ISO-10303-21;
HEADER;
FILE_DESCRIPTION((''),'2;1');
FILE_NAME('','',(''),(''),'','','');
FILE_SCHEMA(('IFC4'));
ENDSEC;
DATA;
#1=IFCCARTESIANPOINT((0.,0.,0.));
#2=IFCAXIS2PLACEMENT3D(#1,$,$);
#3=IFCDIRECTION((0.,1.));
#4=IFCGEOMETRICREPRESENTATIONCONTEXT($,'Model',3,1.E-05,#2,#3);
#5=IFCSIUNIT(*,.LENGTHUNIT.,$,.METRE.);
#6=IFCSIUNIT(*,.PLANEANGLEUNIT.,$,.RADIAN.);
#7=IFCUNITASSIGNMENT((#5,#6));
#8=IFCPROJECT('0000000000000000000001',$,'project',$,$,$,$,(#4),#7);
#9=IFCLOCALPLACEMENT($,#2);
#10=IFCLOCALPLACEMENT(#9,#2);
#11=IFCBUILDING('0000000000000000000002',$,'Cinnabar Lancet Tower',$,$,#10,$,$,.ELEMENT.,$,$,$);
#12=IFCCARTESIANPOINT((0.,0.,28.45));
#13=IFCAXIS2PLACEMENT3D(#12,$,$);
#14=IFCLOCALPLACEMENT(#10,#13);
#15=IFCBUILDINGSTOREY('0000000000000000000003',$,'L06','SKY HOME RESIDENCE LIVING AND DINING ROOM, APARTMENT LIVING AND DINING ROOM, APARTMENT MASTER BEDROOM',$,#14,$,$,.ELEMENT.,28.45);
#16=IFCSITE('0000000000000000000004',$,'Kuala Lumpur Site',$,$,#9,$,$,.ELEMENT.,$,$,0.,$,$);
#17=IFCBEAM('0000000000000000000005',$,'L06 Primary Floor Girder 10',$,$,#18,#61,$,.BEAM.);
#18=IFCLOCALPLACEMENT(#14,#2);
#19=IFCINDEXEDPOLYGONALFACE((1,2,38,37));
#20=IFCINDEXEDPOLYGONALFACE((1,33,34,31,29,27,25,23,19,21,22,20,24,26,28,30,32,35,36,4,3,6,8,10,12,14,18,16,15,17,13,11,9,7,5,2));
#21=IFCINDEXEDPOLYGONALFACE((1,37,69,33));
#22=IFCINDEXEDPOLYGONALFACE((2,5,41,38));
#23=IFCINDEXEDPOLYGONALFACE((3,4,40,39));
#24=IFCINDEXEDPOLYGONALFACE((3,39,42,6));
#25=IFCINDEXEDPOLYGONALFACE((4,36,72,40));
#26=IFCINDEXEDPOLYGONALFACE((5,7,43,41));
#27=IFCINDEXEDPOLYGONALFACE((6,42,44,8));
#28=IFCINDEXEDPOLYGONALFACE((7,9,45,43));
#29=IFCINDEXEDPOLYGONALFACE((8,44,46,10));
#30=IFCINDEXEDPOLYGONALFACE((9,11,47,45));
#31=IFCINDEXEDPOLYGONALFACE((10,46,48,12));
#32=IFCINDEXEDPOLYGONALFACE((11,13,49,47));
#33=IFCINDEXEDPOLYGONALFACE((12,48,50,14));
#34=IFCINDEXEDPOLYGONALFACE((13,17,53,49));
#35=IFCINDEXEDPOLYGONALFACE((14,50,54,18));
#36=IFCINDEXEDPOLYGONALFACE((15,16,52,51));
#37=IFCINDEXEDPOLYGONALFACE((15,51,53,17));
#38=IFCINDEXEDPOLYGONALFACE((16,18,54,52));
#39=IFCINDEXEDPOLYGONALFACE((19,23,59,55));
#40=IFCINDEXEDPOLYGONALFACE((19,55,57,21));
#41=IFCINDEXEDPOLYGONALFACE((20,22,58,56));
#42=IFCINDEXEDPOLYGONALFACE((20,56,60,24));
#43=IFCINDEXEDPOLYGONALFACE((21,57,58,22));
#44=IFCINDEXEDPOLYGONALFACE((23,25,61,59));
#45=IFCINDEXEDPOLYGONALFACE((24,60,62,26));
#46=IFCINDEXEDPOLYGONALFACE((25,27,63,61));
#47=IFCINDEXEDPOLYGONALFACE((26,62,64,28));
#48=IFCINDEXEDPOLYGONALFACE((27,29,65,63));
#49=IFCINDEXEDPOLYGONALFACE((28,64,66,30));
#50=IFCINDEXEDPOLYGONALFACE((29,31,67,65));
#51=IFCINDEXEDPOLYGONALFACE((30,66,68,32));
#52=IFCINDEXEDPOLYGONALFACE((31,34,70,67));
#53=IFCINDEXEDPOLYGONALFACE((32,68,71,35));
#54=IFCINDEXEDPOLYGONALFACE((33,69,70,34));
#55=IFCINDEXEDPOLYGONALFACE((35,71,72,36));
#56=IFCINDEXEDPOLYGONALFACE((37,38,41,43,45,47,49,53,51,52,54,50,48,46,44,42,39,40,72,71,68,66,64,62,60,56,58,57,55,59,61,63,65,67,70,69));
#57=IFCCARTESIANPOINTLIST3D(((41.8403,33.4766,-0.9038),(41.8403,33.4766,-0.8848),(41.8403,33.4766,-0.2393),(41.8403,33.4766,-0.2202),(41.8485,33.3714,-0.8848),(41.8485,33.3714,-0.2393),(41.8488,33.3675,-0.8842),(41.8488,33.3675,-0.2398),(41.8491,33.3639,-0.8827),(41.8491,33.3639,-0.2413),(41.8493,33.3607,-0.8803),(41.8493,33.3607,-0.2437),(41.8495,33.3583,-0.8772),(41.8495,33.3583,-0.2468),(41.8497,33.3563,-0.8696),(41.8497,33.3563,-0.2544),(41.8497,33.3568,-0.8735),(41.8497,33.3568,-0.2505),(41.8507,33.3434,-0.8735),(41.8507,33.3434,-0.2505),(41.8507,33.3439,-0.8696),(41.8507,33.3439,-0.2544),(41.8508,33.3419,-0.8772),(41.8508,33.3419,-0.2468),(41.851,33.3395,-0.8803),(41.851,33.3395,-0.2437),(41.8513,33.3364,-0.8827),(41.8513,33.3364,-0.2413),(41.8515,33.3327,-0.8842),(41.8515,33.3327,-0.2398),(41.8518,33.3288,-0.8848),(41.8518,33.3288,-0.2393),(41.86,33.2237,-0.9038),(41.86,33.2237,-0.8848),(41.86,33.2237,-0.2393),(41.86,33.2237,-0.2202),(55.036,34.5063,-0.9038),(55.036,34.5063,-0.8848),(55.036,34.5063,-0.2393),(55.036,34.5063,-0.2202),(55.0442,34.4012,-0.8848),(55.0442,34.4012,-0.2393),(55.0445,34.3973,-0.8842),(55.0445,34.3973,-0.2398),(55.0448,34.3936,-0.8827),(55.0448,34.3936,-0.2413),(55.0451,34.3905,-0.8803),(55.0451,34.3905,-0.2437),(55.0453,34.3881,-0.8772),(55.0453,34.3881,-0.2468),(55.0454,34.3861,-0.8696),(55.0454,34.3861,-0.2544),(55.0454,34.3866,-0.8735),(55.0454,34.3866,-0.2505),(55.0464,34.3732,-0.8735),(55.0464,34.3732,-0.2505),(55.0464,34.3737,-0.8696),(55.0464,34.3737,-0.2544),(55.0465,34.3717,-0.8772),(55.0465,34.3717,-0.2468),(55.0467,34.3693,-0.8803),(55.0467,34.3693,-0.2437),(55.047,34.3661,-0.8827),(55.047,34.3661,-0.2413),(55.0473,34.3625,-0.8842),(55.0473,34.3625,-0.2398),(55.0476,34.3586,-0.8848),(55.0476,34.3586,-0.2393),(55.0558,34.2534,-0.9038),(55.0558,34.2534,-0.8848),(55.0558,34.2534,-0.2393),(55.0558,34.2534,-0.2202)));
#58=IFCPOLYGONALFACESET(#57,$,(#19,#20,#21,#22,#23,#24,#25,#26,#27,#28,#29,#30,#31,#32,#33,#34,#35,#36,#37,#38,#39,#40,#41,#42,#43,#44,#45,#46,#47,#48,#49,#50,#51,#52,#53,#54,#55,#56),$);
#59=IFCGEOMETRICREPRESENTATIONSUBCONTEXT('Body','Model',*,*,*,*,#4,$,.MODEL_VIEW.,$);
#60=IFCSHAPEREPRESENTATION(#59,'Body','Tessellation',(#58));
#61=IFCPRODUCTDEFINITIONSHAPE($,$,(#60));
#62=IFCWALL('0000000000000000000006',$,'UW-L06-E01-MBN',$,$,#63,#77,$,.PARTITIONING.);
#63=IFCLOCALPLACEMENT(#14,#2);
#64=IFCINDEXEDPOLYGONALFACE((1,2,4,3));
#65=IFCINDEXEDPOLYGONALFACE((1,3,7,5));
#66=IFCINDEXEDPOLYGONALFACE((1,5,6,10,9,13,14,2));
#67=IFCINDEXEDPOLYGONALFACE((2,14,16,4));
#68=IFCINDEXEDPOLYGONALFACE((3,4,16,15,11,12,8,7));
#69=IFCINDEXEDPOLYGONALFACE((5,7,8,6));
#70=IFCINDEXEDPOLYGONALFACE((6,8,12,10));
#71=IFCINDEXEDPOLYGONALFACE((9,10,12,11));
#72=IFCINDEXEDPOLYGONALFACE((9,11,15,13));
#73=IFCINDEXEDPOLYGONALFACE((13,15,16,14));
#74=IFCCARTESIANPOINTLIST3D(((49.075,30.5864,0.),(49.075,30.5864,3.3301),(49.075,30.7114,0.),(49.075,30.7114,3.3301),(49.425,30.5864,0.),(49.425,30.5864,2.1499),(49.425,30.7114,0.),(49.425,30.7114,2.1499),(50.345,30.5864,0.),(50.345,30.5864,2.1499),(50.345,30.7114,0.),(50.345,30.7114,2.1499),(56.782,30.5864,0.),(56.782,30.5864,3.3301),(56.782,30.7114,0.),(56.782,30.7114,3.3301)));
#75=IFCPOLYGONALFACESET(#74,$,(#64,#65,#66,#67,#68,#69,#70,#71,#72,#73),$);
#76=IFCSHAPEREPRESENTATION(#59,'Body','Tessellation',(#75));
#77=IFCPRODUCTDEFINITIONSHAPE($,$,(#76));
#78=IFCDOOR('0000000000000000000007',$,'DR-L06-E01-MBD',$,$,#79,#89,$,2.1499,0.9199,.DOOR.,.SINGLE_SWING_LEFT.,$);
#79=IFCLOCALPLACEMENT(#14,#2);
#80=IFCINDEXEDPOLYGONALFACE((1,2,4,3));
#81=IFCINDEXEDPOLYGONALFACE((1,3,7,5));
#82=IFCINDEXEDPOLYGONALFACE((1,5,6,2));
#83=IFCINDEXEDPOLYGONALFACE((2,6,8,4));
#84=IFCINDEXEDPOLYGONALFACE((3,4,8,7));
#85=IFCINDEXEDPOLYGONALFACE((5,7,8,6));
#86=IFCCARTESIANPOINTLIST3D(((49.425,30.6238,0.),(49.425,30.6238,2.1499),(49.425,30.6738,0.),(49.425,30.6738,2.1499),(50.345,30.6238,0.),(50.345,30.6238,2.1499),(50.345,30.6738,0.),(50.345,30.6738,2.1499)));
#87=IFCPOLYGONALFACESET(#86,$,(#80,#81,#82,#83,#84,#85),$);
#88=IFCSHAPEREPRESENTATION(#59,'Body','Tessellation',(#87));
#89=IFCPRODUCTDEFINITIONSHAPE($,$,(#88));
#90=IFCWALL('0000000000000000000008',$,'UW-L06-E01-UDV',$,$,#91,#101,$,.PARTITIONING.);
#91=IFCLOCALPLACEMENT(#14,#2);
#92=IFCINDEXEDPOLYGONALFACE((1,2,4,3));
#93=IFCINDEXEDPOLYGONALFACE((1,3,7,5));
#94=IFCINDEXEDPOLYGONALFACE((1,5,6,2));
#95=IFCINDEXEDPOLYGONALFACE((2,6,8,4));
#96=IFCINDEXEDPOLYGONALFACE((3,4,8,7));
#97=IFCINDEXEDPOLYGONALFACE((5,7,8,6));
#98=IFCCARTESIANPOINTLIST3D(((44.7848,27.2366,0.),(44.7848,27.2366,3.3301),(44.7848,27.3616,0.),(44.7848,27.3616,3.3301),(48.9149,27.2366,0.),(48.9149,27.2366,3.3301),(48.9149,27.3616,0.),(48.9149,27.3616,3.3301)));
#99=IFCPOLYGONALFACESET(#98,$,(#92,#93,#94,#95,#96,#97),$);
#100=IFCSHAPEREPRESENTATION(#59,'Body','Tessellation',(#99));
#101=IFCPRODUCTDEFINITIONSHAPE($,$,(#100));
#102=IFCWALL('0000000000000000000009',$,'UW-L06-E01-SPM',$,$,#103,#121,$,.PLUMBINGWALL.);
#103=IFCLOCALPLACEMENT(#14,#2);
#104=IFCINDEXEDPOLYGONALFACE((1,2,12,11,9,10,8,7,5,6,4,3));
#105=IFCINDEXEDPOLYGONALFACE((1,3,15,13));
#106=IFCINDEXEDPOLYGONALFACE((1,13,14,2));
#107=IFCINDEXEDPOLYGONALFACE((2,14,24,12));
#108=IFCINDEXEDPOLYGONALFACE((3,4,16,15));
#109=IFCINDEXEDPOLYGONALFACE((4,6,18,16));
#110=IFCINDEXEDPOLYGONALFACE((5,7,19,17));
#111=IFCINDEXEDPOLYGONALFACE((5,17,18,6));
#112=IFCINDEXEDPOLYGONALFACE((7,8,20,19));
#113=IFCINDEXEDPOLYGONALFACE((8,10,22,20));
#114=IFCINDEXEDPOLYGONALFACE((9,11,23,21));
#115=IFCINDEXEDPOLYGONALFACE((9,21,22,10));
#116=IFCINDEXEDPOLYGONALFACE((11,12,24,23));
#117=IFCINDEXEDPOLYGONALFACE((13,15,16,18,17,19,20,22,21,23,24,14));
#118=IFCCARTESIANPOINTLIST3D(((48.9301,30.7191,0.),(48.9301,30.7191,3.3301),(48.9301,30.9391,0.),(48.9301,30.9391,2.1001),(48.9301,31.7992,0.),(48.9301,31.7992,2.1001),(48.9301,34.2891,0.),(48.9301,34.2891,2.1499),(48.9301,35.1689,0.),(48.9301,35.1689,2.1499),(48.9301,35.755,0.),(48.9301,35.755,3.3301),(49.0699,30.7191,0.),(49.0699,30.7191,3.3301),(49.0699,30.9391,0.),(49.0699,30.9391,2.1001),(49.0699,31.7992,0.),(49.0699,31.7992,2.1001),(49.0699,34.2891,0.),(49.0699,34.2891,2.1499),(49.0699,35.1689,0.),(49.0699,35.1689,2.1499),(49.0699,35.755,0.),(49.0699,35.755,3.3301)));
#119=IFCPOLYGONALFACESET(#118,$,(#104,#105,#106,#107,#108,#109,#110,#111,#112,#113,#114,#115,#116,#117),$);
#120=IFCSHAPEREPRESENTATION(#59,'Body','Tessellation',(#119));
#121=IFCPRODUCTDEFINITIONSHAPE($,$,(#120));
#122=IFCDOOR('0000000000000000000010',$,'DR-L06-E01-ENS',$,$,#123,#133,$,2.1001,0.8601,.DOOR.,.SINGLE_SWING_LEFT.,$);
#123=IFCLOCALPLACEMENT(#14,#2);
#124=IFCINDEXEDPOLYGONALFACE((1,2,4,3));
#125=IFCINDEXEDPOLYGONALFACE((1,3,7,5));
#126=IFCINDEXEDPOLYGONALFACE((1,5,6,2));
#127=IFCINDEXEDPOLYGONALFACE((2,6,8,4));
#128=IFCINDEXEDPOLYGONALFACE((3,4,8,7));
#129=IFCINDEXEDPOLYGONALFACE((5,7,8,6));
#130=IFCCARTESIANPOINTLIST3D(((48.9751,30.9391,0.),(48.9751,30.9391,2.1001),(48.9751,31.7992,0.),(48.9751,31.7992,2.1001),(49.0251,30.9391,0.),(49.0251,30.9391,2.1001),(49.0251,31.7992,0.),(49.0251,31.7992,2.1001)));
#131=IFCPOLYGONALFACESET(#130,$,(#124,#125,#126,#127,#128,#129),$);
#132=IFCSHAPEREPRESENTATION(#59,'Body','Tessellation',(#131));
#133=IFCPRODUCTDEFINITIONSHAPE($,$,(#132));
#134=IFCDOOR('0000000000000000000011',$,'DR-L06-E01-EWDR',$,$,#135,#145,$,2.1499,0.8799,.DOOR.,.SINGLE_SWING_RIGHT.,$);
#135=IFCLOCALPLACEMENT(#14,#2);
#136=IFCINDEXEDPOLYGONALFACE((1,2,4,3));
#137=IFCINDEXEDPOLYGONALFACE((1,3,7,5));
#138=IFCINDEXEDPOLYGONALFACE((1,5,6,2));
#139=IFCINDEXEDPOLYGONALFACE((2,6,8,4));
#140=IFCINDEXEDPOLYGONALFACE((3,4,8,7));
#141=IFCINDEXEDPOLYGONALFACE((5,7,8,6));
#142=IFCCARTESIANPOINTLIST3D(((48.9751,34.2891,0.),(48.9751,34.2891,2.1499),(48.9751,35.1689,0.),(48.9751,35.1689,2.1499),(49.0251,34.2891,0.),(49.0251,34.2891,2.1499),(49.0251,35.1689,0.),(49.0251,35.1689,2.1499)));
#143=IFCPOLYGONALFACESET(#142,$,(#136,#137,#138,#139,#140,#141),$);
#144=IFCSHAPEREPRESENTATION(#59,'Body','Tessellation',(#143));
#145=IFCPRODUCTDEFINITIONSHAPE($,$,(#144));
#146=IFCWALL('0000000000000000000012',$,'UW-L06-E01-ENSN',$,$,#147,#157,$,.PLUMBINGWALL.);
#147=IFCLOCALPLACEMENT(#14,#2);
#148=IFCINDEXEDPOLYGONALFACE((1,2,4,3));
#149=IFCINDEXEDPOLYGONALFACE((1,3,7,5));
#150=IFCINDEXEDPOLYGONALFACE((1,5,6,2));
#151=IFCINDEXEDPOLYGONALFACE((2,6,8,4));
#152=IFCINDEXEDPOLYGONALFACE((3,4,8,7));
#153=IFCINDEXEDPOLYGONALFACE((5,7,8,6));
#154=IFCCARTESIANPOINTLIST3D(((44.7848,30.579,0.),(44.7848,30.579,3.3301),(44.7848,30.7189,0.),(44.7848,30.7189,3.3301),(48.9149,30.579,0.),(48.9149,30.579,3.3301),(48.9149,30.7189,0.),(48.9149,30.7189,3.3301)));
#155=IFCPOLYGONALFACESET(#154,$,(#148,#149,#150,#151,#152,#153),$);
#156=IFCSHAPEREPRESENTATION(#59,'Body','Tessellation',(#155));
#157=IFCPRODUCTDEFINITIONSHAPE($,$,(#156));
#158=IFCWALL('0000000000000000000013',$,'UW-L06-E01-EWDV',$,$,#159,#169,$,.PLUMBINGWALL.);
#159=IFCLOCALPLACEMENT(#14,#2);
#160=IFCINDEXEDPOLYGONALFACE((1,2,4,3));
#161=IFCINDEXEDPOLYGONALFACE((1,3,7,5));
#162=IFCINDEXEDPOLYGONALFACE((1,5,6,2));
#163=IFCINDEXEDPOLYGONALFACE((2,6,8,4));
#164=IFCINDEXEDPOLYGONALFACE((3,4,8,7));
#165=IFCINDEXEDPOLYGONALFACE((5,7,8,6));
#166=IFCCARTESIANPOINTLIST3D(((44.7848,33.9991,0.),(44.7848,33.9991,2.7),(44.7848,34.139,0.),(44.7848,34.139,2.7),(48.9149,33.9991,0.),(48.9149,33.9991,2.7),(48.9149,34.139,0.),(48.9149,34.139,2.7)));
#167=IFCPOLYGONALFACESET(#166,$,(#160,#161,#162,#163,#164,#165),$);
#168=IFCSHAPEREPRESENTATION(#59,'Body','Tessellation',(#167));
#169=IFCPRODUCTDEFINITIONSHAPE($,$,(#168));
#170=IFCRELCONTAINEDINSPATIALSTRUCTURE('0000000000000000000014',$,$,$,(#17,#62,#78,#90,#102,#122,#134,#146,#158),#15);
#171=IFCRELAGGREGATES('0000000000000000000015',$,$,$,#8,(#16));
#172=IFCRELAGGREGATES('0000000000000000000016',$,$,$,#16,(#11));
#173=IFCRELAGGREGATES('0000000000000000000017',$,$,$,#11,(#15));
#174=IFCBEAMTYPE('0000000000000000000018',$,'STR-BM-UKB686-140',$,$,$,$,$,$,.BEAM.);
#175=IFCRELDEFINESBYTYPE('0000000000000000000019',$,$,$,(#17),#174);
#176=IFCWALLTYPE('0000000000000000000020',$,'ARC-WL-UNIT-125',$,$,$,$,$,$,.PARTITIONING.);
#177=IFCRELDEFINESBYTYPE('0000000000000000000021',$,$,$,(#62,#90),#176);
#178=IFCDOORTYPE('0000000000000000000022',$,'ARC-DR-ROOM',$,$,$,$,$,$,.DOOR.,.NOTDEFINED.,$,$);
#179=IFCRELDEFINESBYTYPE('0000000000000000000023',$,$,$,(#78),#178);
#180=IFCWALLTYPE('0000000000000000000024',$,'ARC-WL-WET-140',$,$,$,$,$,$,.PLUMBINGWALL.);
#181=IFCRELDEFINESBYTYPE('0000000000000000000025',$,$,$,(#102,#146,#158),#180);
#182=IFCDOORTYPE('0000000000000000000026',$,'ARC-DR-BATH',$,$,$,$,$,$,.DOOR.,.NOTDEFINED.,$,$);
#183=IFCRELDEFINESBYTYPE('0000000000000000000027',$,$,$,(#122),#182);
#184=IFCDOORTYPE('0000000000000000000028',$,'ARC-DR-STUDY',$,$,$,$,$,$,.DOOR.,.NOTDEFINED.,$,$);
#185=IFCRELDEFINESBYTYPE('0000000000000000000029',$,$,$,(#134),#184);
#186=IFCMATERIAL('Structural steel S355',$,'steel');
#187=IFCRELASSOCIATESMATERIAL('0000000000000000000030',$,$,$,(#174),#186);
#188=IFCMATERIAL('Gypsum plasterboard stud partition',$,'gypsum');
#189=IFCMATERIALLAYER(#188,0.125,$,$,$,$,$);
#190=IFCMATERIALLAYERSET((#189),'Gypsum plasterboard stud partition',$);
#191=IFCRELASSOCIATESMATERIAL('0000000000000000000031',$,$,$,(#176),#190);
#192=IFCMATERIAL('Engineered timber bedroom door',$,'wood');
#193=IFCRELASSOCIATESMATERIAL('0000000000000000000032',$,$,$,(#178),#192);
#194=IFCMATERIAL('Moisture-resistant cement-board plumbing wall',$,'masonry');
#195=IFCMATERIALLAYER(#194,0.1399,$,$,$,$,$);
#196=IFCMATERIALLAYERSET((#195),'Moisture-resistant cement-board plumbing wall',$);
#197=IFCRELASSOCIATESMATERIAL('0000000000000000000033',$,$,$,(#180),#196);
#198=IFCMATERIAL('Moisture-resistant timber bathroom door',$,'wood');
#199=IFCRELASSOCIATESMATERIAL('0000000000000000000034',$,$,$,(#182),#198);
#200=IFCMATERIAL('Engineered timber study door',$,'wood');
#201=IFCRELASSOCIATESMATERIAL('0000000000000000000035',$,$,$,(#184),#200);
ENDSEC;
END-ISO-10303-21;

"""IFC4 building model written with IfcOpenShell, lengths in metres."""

from ifc_helpers import new_model, si_unit, direction, frame, frame_2d, origin, origin_2d, place, context, subcontext, project, spatial, rectangle, i_section, extrude, material, layer, layer_set, material_profile, profile_set, type_object, element, fill, save


model = new_model("IFC4")

# Units and contexts
model_context = context("Model", 3, precision=1e-05, world=origin(), true_north=direction((0.0, 1.0)))
body_context = subcontext(model_context, "Body", "Model", "MODEL_VIEW")
ifc_project = project(units=[si_unit("LENGTHUNIT", "METRE"), si_unit("PLANEANGLEUNIT", "RADIAN")], contexts=[model_context])

# Site, building, storey
site_placement = place(None, origin())
site = spatial("IfcSite", under=ifc_project, at=site_placement, Name="Kuala Lumpur Site", CompositionType="ELEMENT", RefElevation=0.0)
building_placement = place(site_placement, origin())
building = spatial("IfcBuilding", under=site, at=building_placement, Name="Cinnabar Lancet Tower", CompositionType="ELEMENT")
storey_placement = place(building_placement, frame((0.0, 0.0, 28.45)))
storey = spatial("IfcBuildingStorey", under=building, at=storey_placement, Name="L06", Description="SKY HOME RESIDENCE LIVING AND DINING ROOM, APARTMENT LIVING AND DINING ROOM, APARTMENT MASTER BEDROOM", CompositionType="ELEMENT", Elevation=28.45)

# Beam
ifc_material_1 = material(Name="Structural steel S355", Category="steel")
ifc_material_profile_1 = material_profile(ifc_material_1, i_section(OverallWidth=0.2537, OverallDepth=0.6836, WebThickness=0.0125, FlangeThickness=0.019, FilletRadius=0.0151, at=origin_2d()), Name="UKB 686x254x140")
ifc_profile_set_1 = profile_set([ifc_material_profile_1], Name="Structural steel S355")
beam_type_1 = type_object("IfcBeamType", Name="STR-BM-UKB686-140", PredefinedType="BEAM", material=ifc_profile_set_1)
beam_1_placement = place(storey_placement, frame((55.0459, 34.3799, -0.562), z_axis=(-0.996969, -0.077802, 0.0), x_axis=(0.077802, -0.996969, 0.0)))
element("IfcBeam", 1, at=beam_1_placement, inside=storey, type_object=beam_type_1, Name="L06 Primary Floor Girder 10", PredefinedType="BEAM", context=body_context, shape_type="SweptSolid", body=[
    extrude(i_section(OverallWidth=0.2537, OverallDepth=0.6836, WebThickness=0.0125, FlangeThickness=0.019, FilletRadius=0.0151, at=origin_2d()), origin(), (0.0, 0.0, 1.0), 13.2358),
])

# Wall, opening, door
ifc_material_2 = material(Name="Gypsum plasterboard stud partition", Category="gypsum")
ifc_layer_1 = layer(ifc_material_2, 0.125)
ifc_layer_set_1 = layer_set([ifc_layer_1], Name="Gypsum plasterboard stud partition")
wall_type_1 = type_object("IfcWallType", Name="ARC-WL-UNIT-125", PredefinedType="PARTITIONING", material=ifc_layer_set_1)
wall_1_placement = place(storey_placement, frame((49.075, 30.6489, 0.0), z_axis=(0.0, 0.0, 1.0), x_axis=(1.0, 0.0, 0.0)))
wall_1 = element("IfcWall", 2, at=wall_1_placement, inside=storey, type_object=wall_type_1, Name="UW-L06-E01-MBN", PredefinedType="PARTITIONING", context=body_context, shape_type="SweptSolid", body=[
    extrude(rectangle(XDim=7.707, YDim=0.125, at=frame_2d((3.8535, 0.0))), origin(), (0.0, 0.0, 1.0), 3.3301),
])
opening_1_placement = place(wall_1_placement, frame((0.3501, 0.0, 0.0)))
opening_1 = element("IfcOpeningElement", 3, at=opening_1_placement, cuts=wall_1, PredefinedType="OPENING", context=body_context, shape_type="SweptSolid", body=[
    extrude(rectangle(XDim=0.9199, YDim=2.1499, at=frame_2d((0.46, 1.075))), frame((0.0, 0.0725, 0.0), z_axis=(0.0, -1.0, 0.0), x_axis=(1.0, 0.0, 0.0)), (0.0, 0.0, 1.0), 0.145),
])
ifc_material_3 = material(Name="Engineered timber bedroom door", Category="wood")
door_type_1 = type_object("IfcDoorType", Name="ARC-DR-ROOM", OperationType="NOTDEFINED", PredefinedType="DOOR", material=ifc_material_3)
door_1_placement = place(opening_1_placement, origin())
door_1 = element("IfcDoor", 4, at=door_1_placement, inside=storey, type_object=door_type_1, Name="DR-L06-E01-MBD", OperationType="SINGLE_SWING_LEFT", OverallHeight=2.1499, OverallWidth=0.9199, PredefinedType="DOOR", context=body_context, shape_type="SweptSolid", body=[
    extrude(rectangle(XDim=0.9199, YDim=2.1499, at=frame_2d((0.46, 1.075))), frame((0.0, 0.0249, 0.0), z_axis=(0.0, -1.0, 0.0), x_axis=(1.0, 0.0, 0.0)), (0.0, 0.0, 1.0), 0.05),
])
fill(opening_1, door_1)

# Wall
wall_2_placement = place(storey_placement, frame((44.7849, 27.2991, 0.0), z_axis=(0.0, 0.0, 1.0), x_axis=(1.0, 0.0, 0.0)))
element("IfcWall", 5, at=wall_2_placement, inside=storey, type_object=wall_type_1, Name="UW-L06-E01-UDV", PredefinedType="PARTITIONING", context=body_context, shape_type="SweptSolid", body=[
    extrude(rectangle(XDim=4.1301, YDim=0.125, at=frame_2d((2.0649, 0.0))), origin(), (0.0, 0.0, 1.0), 3.3301),
])

# Wall, openings, doors
ifc_material_4 = material(Name="Moisture-resistant cement-board plumbing wall", Category="masonry")
ifc_layer_2 = layer(ifc_material_4, 0.1399)
ifc_layer_set_2 = layer_set([ifc_layer_2], Name="Moisture-resistant cement-board plumbing wall")
wall_type_2 = type_object("IfcWallType", Name="ARC-WL-WET-140", PredefinedType="PLUMBINGWALL", material=ifc_layer_set_2)
wall_3_placement = place(storey_placement, frame((49.0, 30.719, 0.0), z_axis=(0.0, 0.0, 1.0), x_axis=(0.0, 1.0, 0.0)))
wall_3 = element("IfcWall", 6, at=wall_3_placement, inside=storey, type_object=wall_type_2, Name="UW-L06-E01-SPM", PredefinedType="PLUMBINGWALL", context=body_context, shape_type="SweptSolid", body=[
    extrude(rectangle(XDim=5.0359, YDim=0.1399, at=frame_2d((2.5181, 0.0))), origin(), (0.0, 0.0, 1.0), 3.3301),
])
opening_2_placement = place(wall_3_placement, frame((0.22, 0.0, 0.0)))
opening_2 = element("IfcOpeningElement", 7, at=opening_2_placement, cuts=wall_3, PredefinedType="OPENING", context=body_context, shape_type="SweptSolid", body=[
    extrude(rectangle(XDim=0.8601, YDim=2.1001, at=frame_2d((0.4302, 1.05))), frame((0.0, 0.0798, 0.0), z_axis=(0.0, -1.0, 0.0), x_axis=(1.0, 0.0, 0.0)), (0.0, 0.0, 1.0), 0.1599),
])
opening_3_placement = place(wall_3_placement, frame((3.5701, 0.0, 0.0)))
opening_3 = element("IfcOpeningElement", 8, at=opening_3_placement, cuts=wall_3, PredefinedType="OPENING", context=body_context, shape_type="SweptSolid", body=[
    extrude(rectangle(XDim=0.8799, YDim=2.1499, at=frame_2d((0.4399, 1.075))), frame((0.0, 0.0798, 0.0), z_axis=(0.0, -1.0, 0.0), x_axis=(1.0, 0.0, 0.0)), (0.0, 0.0, 1.0), 0.1599),
])
ifc_material_5 = material(Name="Moisture-resistant timber bathroom door", Category="wood")
door_type_2 = type_object("IfcDoorType", Name="ARC-DR-BATH", OperationType="NOTDEFINED", PredefinedType="DOOR", material=ifc_material_5)
door_2_placement = place(opening_2_placement, origin())
door_2 = element("IfcDoor", 9, at=door_2_placement, inside=storey, type_object=door_type_2, Name="DR-L06-E01-ENS", OperationType="SINGLE_SWING_LEFT", OverallHeight=2.1001, OverallWidth=0.8601, PredefinedType="DOOR", context=body_context, shape_type="SweptSolid", body=[
    extrude(rectangle(XDim=0.8601, YDim=2.1001, at=frame_2d((0.4302, 1.05))), frame((0.0, 0.0249, 0.0), z_axis=(0.0, -1.0, 0.0), x_axis=(1.0, 0.0, 0.0)), (0.0, 0.0, 1.0), 0.05),
])
fill(opening_2, door_2)
ifc_material_6 = material(Name="Engineered timber study door", Category="wood")
door_type_3 = type_object("IfcDoorType", Name="ARC-DR-STUDY", OperationType="NOTDEFINED", PredefinedType="DOOR", material=ifc_material_6)
door_3_placement = place(opening_3_placement, origin())
door_3 = element("IfcDoor", 10, at=door_3_placement, inside=storey, type_object=door_type_3, Name="DR-L06-E01-EWDR", OperationType="SINGLE_SWING_RIGHT", OverallHeight=2.1499, OverallWidth=0.8799, PredefinedType="DOOR", context=body_context, shape_type="SweptSolid", body=[
    extrude(rectangle(XDim=0.8799, YDim=2.1499, at=frame_2d((0.4399, 1.075))), frame((0.0, 0.0249, 0.0), z_axis=(0.0, -1.0, 0.0), x_axis=(1.0, 0.0, 0.0)), (0.0, 0.0, 1.0), 0.05),
])
fill(opening_3, door_3)

# Walls
wall_4_placement = place(storey_placement, frame((44.7849, 30.6489, 0.0), z_axis=(0.0, 0.0, 1.0), x_axis=(1.0, 0.0, 0.0)))
element("IfcWall", 11, at=wall_4_placement, inside=storey, type_object=wall_type_2, Name="UW-L06-E01-ENSN", PredefinedType="PLUMBINGWALL", context=body_context, shape_type="SweptSolid", body=[
    extrude(rectangle(XDim=4.1301, YDim=0.1399, at=frame_2d((2.0649, 0.0))), origin(), (0.0, 0.0, 1.0), 3.3301),
])
wall_5_placement = place(storey_placement, frame((44.7849, 34.0691, 0.0), z_axis=(0.0, 0.0, 1.0), x_axis=(1.0, 0.0, 0.0)))
element("IfcWall", 12, at=wall_5_placement, inside=storey, type_object=wall_type_2, Name="UW-L06-E01-EWDV", PredefinedType="PLUMBINGWALL", context=body_context, shape_type="SweptSolid", body=[
    extrude(rectangle(XDim=4.1301, YDim=0.1399, at=frame_2d((2.0649, 0.0))), origin(), (0.0, 0.0, 1.0), 2.7),
])

save(model, "model.ifc")
